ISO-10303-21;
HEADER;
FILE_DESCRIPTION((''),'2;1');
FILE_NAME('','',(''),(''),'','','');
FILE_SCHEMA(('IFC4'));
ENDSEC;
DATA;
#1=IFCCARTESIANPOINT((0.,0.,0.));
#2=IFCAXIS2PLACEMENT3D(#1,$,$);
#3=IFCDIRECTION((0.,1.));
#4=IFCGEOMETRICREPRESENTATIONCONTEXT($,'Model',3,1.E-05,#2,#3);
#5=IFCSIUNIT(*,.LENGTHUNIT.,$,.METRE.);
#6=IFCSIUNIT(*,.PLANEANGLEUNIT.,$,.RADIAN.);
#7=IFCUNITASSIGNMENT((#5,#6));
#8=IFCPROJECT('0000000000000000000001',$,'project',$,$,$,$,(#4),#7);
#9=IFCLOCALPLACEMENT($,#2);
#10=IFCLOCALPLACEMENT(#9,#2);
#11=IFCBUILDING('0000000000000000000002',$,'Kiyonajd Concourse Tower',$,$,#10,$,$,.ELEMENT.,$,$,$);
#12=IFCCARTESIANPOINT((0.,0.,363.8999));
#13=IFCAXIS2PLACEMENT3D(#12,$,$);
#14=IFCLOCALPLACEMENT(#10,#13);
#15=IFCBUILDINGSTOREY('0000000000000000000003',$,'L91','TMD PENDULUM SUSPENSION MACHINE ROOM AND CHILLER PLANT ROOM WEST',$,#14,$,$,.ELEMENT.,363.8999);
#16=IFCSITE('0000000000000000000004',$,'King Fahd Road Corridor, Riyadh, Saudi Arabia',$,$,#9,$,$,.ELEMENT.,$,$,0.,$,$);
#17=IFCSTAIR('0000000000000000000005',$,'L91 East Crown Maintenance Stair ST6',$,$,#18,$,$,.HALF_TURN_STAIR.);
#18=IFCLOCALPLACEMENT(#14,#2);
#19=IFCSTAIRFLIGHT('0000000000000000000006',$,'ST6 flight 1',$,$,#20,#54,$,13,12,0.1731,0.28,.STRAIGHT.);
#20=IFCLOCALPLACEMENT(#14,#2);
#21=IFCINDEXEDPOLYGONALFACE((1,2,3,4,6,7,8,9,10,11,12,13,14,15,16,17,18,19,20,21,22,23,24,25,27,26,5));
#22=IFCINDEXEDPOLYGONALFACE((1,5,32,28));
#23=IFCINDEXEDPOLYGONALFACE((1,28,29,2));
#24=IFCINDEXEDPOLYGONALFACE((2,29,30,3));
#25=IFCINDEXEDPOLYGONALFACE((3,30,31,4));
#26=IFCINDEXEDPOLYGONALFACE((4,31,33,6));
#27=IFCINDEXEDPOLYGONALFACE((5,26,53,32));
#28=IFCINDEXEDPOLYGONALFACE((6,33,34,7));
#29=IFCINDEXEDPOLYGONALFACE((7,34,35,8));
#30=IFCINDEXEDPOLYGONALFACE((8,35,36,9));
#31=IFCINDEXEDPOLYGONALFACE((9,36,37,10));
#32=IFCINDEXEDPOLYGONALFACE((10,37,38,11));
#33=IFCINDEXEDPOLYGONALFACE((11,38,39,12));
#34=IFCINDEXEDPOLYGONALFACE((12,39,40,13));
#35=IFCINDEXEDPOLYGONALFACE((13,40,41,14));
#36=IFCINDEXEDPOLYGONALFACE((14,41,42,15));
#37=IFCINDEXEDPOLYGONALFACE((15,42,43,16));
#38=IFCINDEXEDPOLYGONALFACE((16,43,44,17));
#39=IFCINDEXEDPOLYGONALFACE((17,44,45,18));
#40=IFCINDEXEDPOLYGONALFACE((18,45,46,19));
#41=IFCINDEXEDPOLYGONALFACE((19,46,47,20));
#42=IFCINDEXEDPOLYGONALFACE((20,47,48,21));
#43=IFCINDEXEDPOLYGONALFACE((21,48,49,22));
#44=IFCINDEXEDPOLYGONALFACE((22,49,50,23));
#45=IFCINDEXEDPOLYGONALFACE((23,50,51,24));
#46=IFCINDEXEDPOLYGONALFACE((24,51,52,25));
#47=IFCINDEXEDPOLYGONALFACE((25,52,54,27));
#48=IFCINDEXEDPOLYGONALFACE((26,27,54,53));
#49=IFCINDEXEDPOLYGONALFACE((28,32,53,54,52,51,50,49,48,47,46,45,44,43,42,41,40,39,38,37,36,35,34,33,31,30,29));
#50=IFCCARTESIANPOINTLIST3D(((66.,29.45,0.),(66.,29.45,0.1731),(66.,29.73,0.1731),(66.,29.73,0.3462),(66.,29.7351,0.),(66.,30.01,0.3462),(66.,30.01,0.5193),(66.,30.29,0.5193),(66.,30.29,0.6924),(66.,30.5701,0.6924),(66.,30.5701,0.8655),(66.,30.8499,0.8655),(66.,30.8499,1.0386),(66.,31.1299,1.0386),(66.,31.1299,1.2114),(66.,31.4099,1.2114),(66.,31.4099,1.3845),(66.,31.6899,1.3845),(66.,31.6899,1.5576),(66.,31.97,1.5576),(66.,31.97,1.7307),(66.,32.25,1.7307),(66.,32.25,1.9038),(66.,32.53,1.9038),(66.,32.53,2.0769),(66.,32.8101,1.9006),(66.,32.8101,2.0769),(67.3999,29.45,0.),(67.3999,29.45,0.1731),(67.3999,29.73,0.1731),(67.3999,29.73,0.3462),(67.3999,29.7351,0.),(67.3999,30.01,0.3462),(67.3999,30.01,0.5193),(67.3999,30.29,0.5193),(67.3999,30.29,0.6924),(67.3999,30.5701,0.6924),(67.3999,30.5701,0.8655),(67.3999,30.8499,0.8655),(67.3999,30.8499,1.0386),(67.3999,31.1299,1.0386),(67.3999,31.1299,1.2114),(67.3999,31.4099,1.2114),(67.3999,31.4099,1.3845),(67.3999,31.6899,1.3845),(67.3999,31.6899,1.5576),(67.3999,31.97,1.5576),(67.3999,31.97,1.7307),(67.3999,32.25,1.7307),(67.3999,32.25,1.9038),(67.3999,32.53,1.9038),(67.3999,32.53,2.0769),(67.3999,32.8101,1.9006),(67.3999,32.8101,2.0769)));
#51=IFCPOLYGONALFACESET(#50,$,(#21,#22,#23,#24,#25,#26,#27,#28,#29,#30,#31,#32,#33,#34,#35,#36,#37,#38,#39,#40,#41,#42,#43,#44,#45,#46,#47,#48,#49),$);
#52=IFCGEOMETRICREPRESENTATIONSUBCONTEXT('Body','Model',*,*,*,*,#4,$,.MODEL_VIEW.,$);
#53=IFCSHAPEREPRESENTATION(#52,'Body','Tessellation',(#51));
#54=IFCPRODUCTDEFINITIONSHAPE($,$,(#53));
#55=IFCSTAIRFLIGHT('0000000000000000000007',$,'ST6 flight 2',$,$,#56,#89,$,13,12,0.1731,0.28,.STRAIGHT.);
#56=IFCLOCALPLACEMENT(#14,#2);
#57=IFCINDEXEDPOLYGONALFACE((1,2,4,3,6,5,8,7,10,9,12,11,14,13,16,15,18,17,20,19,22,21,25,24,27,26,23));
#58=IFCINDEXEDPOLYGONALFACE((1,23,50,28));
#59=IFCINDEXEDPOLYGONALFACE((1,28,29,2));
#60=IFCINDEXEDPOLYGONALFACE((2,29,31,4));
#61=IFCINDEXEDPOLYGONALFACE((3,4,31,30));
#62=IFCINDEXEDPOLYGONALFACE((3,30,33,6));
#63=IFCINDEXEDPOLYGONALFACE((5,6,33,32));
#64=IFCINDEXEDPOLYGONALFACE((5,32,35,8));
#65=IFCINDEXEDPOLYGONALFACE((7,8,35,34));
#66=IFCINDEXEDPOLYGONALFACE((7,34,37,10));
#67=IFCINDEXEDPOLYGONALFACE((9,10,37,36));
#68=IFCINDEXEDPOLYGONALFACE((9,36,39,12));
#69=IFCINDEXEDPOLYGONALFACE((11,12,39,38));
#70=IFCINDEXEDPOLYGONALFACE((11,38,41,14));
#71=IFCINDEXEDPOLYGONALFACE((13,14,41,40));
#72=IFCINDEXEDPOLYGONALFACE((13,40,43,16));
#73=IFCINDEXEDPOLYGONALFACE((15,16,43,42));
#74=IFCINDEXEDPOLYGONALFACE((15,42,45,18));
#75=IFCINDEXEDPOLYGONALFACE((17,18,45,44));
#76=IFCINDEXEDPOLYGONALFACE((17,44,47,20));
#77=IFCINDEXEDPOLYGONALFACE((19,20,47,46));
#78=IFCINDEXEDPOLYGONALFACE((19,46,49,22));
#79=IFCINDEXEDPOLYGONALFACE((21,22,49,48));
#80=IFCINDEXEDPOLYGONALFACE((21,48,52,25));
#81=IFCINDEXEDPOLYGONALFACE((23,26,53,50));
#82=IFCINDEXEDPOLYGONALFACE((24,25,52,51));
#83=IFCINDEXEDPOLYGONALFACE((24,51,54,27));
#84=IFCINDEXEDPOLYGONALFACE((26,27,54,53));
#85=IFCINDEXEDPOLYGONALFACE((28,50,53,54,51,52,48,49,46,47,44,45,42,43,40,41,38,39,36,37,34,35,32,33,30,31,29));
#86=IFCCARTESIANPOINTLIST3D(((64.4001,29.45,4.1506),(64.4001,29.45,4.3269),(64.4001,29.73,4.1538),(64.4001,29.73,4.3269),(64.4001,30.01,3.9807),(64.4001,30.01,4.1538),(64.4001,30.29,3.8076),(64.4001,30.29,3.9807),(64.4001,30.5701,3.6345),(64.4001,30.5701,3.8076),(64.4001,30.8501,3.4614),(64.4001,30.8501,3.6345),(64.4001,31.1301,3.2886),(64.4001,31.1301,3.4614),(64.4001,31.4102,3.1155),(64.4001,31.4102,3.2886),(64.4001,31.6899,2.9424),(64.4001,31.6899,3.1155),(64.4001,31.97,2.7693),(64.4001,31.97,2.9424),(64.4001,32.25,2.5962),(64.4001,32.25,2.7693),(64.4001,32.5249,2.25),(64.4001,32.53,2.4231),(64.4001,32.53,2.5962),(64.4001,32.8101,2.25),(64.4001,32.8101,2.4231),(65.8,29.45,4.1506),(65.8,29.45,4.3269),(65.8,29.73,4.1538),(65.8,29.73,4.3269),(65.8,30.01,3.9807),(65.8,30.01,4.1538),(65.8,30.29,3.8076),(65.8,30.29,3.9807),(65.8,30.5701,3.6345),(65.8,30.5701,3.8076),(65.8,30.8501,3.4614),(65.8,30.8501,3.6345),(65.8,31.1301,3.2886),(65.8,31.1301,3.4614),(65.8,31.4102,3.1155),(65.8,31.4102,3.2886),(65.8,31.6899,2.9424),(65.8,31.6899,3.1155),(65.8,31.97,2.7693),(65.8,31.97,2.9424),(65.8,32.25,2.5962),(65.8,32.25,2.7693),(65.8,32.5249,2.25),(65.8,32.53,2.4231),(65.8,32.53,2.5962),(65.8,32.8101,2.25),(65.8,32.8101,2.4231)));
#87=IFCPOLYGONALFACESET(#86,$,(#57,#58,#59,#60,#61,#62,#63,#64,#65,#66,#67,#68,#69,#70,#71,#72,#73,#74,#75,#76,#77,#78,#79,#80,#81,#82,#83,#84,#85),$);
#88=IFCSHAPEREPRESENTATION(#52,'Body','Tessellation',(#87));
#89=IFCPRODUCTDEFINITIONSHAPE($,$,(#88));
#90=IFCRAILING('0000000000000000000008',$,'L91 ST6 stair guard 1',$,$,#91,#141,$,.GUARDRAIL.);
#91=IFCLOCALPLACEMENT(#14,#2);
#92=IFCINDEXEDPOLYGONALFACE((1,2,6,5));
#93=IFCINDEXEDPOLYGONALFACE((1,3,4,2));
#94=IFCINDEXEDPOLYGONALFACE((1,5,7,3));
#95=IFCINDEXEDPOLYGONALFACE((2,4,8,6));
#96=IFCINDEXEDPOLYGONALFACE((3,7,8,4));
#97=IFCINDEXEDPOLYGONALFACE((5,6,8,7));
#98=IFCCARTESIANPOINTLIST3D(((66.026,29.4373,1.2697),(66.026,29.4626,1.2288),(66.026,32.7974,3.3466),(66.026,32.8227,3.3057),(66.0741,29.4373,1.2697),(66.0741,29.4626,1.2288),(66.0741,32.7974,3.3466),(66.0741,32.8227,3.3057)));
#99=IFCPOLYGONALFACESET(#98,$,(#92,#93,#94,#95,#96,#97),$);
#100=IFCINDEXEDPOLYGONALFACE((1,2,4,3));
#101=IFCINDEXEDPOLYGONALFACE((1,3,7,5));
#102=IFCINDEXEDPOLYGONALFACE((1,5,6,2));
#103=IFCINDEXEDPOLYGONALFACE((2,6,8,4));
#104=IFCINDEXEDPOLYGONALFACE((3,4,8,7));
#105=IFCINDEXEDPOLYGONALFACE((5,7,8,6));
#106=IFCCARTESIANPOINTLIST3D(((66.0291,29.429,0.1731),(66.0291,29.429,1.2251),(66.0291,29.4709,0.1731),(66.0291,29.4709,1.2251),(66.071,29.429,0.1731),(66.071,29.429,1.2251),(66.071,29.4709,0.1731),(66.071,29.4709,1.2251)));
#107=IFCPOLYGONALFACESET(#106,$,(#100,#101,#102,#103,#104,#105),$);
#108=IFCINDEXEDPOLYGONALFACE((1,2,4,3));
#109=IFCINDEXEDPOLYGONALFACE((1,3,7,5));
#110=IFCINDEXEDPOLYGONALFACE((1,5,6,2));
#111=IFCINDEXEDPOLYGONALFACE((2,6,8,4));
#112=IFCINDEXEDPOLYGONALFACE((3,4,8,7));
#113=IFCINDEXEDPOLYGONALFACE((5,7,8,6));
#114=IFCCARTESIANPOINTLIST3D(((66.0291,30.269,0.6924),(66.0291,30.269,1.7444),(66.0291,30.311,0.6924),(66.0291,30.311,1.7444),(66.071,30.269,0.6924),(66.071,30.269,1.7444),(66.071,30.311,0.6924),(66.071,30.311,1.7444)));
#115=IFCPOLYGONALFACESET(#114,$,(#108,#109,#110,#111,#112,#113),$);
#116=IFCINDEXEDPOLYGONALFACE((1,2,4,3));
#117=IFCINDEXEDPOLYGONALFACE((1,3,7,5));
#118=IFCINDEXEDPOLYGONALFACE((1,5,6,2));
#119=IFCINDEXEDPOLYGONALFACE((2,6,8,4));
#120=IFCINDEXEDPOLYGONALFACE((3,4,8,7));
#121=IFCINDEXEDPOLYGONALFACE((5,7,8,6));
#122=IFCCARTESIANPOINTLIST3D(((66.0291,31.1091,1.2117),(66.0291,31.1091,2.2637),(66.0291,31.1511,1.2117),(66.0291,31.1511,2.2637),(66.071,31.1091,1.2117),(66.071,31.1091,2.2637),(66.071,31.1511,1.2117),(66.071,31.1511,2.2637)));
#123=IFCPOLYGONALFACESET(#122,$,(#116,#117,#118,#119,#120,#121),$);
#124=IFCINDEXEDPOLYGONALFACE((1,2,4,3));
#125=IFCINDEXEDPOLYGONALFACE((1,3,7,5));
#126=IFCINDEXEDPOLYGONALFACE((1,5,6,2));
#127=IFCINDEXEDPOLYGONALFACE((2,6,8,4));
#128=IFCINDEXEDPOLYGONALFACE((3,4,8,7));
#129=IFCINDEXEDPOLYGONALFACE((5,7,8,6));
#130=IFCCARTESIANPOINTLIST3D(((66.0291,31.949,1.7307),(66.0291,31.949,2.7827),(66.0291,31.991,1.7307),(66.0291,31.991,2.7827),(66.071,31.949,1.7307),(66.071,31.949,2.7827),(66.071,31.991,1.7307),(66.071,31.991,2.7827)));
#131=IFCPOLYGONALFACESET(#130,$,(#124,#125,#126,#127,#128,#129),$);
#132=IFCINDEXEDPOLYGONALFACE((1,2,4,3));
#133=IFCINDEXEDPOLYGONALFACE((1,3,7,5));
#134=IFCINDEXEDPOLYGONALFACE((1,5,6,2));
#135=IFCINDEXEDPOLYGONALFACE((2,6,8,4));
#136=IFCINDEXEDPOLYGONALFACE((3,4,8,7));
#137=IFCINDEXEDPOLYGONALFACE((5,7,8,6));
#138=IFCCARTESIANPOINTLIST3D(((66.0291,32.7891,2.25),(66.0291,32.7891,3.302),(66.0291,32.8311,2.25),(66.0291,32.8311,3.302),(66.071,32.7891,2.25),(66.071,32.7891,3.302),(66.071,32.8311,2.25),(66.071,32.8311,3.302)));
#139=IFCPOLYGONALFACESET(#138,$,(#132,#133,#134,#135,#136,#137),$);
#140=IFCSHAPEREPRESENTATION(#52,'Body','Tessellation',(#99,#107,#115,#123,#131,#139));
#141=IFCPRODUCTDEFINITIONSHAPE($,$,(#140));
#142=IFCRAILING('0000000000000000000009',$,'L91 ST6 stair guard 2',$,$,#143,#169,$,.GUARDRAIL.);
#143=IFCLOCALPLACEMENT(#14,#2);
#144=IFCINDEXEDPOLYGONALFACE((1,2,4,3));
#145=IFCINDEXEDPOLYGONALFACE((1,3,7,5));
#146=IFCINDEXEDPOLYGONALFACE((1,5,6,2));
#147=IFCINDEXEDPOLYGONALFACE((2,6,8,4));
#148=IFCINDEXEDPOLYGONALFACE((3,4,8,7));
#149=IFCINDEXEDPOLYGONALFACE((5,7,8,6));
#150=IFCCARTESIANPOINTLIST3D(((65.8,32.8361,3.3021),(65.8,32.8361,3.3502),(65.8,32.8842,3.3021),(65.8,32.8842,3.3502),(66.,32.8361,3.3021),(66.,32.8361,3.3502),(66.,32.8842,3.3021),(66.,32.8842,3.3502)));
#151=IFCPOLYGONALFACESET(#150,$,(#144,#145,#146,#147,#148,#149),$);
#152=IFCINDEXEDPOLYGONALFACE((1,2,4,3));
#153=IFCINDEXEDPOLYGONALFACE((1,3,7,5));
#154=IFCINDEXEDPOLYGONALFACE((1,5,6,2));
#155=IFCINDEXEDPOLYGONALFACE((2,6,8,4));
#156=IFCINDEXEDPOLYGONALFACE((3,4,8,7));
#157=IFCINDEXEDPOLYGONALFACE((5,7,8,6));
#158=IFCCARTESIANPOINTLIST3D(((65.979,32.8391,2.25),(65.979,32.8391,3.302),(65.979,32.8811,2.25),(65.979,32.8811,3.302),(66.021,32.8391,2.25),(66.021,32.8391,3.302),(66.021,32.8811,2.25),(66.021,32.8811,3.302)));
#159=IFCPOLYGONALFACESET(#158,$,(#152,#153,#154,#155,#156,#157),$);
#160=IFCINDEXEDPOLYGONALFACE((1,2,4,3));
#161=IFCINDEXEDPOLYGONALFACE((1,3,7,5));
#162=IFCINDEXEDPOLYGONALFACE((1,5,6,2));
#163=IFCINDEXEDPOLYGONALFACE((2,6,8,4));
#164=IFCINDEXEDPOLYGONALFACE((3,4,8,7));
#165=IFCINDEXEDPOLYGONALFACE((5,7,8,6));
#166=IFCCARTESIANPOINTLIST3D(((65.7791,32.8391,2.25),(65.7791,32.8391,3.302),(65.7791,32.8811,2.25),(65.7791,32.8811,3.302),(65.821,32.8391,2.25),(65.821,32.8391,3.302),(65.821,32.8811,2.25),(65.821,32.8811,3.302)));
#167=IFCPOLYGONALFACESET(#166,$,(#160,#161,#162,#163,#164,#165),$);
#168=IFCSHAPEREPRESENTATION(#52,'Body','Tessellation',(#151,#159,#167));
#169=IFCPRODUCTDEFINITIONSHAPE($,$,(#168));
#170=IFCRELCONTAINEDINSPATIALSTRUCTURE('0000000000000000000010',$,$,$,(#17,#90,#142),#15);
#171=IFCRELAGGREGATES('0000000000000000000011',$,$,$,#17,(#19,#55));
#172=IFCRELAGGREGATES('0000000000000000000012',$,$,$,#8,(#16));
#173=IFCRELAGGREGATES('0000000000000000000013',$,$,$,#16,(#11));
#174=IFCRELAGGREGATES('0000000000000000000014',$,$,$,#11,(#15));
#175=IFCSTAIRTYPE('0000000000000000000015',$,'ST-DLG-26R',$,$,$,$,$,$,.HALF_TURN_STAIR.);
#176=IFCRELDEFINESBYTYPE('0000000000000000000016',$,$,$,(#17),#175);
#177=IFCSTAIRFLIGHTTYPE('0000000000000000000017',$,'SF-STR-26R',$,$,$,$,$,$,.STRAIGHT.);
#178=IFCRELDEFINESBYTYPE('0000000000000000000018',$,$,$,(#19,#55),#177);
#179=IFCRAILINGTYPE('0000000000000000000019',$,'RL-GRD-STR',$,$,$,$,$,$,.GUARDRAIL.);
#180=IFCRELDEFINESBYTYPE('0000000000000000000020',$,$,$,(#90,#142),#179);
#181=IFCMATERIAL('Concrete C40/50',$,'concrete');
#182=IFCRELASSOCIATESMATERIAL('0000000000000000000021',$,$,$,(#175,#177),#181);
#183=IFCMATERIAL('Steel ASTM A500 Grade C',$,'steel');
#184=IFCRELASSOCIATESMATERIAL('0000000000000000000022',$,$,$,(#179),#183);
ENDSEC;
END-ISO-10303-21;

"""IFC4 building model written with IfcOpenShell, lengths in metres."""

from ifc_helpers import new_model, si_unit, direction, frame, origin, origin_2d, place, context, subcontext, project, spatial, polyline, rectangle, outline, extrude, material, type_object, element, aggregate, save


model = new_model("IFC4")

# Units and contexts
model_context = context("Model", 3, precision=1e-05, world=origin(), true_north=direction((0.0, 1.0)))
body_context = subcontext(model_context, "Body", "Model", "MODEL_VIEW")
ifc_project = project(units=[si_unit("LENGTHUNIT", "METRE"), si_unit("PLANEANGLEUNIT", "RADIAN")], contexts=[model_context])

# Site, building, storey
site_placement = place(None, origin())
site = spatial("IfcSite", under=ifc_project, at=site_placement, Name="King Fahd Road Corridor, Riyadh, Saudi Arabia", CompositionType="ELEMENT", RefElevation=0.0)
building_placement = place(site_placement, origin())
building = spatial("IfcBuilding", under=site, at=building_placement, Name="Kiyonajd Concourse Tower", CompositionType="ELEMENT")
storey_placement = place(building_placement, frame((0.0, 0.0, 363.8999)))
storey = spatial("IfcBuildingStorey", under=building, at=storey_placement, Name="L91", Description="TMD PENDULUM SUSPENSION MACHINE ROOM AND CHILLER PLANT ROOM WEST", CompositionType="ELEMENT", Elevation=363.8999)

# Shared definitions
ifc_material_1 = material(Name="Steel ASTM A500 Grade C", Category="steel")

# Stair, stair flights
ifc_material_2 = material(Name="Concrete C40/50", Category="concrete")
stair_type = type_object("IfcStairType", Name="ST-DLG-26R", PredefinedType="HALF_TURN_STAIR", material=ifc_material_2)
stair_placement = place(storey_placement, origin())
stair = element("IfcStair", 1, at=stair_placement, inside=storey, type_object=stair_type, Name="L91 East Crown Maintenance Stair ST6", PredefinedType="HALF_TURN_STAIR")
stair_flight_type = type_object("IfcStairFlightType", Name="SF-STR-26R", PredefinedType="STRAIGHT", material=ifc_material_2)
stair_flight_1_placement = place(storey_placement, frame((66.7, 29.45, 0.0), z_axis=(0.0, 0.0, 1.0), x_axis=(0.0, 1.0, 0.0)))
stair_flight_1 = element("IfcStairFlight", 2, at=stair_flight_1_placement, type_object=stair_flight_type, Name="ST6 flight 1", NumberOfRisers=13, NumberOfTreads=12, PredefinedType="STRAIGHT", RiserHeight=0.1731, TreadLength=0.28, context=body_context, shape_type="SweptSolid", body=[
    extrude(outline(polyline([(0.0, 0.0), (0.0, 0.1731), (0.28, 0.1731), (0.28, 0.3462), (0.5601, 0.3462), (0.5601, 0.5193), (0.8401, 0.5193), (0.8401, 0.6924), (1.1201, 0.6924), (1.1201, 0.8655), (1.3999, 0.8655), (1.3999, 1.0386), (1.6799, 1.0386), (1.6799, 1.2114), (1.96, 1.2114), (1.96, 1.3845), (2.24, 1.3845), (2.24, 1.5576), (2.52, 1.5576), (2.52, 1.7307), (2.8, 1.7307), (2.8, 1.9038), (3.0801, 1.9038), (3.0801, 2.0769), (3.3601, 2.0769), (3.3601, 2.25), (3.3601, 1.9006), (0.2852, 0.0), (0.0, 0.0)])), frame((0.0, 0.7, 0.0), z_axis=(0.0, -1.0, 0.0), x_axis=(1.0, 0.0, 0.0)), (0.0, 0.0, 1.0), 1.3999),
])
stair_flight_2_placement = place(storey_placement, frame((65.1001, 32.8101, 2.25), z_axis=(0.0, 0.0, 1.0), x_axis=(0.0, -1.0, 0.0)))
stair_flight_2 = element("IfcStairFlight", 3, at=stair_flight_2_placement, type_object=stair_flight_type, Name="ST6 flight 2", NumberOfRisers=13, NumberOfTreads=12, PredefinedType="STRAIGHT", RiserHeight=0.1731, TreadLength=0.28, context=body_context, shape_type="SweptSolid", body=[
    extrude(outline(polyline([(0.0, 0.0), (0.0, 0.1731), (0.28, 0.1731), (0.28, 0.3462), (0.5601, 0.3462), (0.5601, 0.5193), (0.8401, 0.5193), (0.8401, 0.6924), (1.1201, 0.6924), (1.1201, 0.8655), (1.3999, 0.8655), (1.3999, 1.0386), (1.6799, 1.0386), (1.6799, 1.2114), (1.96, 1.2114), (1.96, 1.3845), (2.24, 1.3845), (2.24, 1.5576), (2.52, 1.5576), (2.52, 1.7307), (2.8, 1.7307), (2.8, 1.9038), (3.0801, 1.9038), (3.0801, 2.0769), (3.3601, 2.0769), (3.3601, 2.25), (3.3601, 1.9006), (0.2852, 0.0), (0.0, 0.0)])), frame((0.0, 0.7, 0.0), z_axis=(0.0, -1.0, 0.0), x_axis=(1.0, 0.0, 0.0)), (0.0, 0.0, 1.0), 1.3999),
])
aggregate(stair, [stair_flight_1, stair_flight_2])

# Railings
railing_type_1 = type_object("IfcRailingType", Name="RL-GRD-STR", PredefinedType="GUARDRAIL", material=ifc_material_1)
railing_1_placement = place(storey_placement, frame((66.05, 29.45, 0.1731)))
element("IfcRailing", 4, at=railing_1_placement, inside=storey, type_object=railing_type_1, Name="L91 ST6 stair guard 1", PredefinedType="GUARDRAIL", context=body_context, shape_type="SweptSolid", body=[
    extrude(rectangle(XDim=0.0481, YDim=0.0481, at=origin_2d()), frame((0.0, 0.0, 1.0762), z_axis=(0.0, 0.850623, 0.525776), x_axis=(-1.0, 0.0, 0.0)), (0.0, 0.0, 1.0), 3.9502),
    extrude(rectangle(XDim=0.042, YDim=0.042, at=origin_2d()), origin(), (0.0, 0.0, 1.0), 1.052),
    extrude(rectangle(XDim=0.042, YDim=0.042, at=origin_2d()), frame((0.0, 0.8401, 0.5193)), (0.0, 0.0, 1.0), 1.052),
    extrude(rectangle(XDim=0.042, YDim=0.042, at=origin_2d()), frame((0.0, 1.6802, 1.0386)), (0.0, 0.0, 1.0), 1.052),
    extrude(rectangle(XDim=0.042, YDim=0.042, at=origin_2d()), frame((0.0, 2.52, 1.5576)), (0.0, 0.0, 1.0), 1.052),
    extrude(rectangle(XDim=0.042, YDim=0.042, at=origin_2d()), frame((0.0, 3.3601, 2.0769)), (0.0, 0.0, 1.0), 1.052),
])
railing_2_placement = place(storey_placement, frame((66.0, 32.8601, 2.25)))
element("IfcRailing", 5, at=railing_2_placement, inside=storey, type_object=railing_type_1, Name="L91 ST6 stair guard 2", PredefinedType="GUARDRAIL", context=body_context, shape_type="SweptSolid", body=[
    extrude(rectangle(XDim=0.0481, YDim=0.0481, at=origin_2d()), frame((0.0, 0.0, 1.0762), z_axis=(-1.0, 0.0, 0.0), x_axis=(0.0, -1.0, 0.0)), (0.0, 0.0, 1.0), 0.2),
    extrude(rectangle(XDim=0.042, YDim=0.042, at=origin_2d()), origin(), (0.0, 0.0, 1.0), 1.052),
    extrude(rectangle(XDim=0.042, YDim=0.042, at=origin_2d()), frame((-0.2, 0.0, 0.0)), (0.0, 0.0, 1.0), 1.052),
])

save(model, "model.ifc")
